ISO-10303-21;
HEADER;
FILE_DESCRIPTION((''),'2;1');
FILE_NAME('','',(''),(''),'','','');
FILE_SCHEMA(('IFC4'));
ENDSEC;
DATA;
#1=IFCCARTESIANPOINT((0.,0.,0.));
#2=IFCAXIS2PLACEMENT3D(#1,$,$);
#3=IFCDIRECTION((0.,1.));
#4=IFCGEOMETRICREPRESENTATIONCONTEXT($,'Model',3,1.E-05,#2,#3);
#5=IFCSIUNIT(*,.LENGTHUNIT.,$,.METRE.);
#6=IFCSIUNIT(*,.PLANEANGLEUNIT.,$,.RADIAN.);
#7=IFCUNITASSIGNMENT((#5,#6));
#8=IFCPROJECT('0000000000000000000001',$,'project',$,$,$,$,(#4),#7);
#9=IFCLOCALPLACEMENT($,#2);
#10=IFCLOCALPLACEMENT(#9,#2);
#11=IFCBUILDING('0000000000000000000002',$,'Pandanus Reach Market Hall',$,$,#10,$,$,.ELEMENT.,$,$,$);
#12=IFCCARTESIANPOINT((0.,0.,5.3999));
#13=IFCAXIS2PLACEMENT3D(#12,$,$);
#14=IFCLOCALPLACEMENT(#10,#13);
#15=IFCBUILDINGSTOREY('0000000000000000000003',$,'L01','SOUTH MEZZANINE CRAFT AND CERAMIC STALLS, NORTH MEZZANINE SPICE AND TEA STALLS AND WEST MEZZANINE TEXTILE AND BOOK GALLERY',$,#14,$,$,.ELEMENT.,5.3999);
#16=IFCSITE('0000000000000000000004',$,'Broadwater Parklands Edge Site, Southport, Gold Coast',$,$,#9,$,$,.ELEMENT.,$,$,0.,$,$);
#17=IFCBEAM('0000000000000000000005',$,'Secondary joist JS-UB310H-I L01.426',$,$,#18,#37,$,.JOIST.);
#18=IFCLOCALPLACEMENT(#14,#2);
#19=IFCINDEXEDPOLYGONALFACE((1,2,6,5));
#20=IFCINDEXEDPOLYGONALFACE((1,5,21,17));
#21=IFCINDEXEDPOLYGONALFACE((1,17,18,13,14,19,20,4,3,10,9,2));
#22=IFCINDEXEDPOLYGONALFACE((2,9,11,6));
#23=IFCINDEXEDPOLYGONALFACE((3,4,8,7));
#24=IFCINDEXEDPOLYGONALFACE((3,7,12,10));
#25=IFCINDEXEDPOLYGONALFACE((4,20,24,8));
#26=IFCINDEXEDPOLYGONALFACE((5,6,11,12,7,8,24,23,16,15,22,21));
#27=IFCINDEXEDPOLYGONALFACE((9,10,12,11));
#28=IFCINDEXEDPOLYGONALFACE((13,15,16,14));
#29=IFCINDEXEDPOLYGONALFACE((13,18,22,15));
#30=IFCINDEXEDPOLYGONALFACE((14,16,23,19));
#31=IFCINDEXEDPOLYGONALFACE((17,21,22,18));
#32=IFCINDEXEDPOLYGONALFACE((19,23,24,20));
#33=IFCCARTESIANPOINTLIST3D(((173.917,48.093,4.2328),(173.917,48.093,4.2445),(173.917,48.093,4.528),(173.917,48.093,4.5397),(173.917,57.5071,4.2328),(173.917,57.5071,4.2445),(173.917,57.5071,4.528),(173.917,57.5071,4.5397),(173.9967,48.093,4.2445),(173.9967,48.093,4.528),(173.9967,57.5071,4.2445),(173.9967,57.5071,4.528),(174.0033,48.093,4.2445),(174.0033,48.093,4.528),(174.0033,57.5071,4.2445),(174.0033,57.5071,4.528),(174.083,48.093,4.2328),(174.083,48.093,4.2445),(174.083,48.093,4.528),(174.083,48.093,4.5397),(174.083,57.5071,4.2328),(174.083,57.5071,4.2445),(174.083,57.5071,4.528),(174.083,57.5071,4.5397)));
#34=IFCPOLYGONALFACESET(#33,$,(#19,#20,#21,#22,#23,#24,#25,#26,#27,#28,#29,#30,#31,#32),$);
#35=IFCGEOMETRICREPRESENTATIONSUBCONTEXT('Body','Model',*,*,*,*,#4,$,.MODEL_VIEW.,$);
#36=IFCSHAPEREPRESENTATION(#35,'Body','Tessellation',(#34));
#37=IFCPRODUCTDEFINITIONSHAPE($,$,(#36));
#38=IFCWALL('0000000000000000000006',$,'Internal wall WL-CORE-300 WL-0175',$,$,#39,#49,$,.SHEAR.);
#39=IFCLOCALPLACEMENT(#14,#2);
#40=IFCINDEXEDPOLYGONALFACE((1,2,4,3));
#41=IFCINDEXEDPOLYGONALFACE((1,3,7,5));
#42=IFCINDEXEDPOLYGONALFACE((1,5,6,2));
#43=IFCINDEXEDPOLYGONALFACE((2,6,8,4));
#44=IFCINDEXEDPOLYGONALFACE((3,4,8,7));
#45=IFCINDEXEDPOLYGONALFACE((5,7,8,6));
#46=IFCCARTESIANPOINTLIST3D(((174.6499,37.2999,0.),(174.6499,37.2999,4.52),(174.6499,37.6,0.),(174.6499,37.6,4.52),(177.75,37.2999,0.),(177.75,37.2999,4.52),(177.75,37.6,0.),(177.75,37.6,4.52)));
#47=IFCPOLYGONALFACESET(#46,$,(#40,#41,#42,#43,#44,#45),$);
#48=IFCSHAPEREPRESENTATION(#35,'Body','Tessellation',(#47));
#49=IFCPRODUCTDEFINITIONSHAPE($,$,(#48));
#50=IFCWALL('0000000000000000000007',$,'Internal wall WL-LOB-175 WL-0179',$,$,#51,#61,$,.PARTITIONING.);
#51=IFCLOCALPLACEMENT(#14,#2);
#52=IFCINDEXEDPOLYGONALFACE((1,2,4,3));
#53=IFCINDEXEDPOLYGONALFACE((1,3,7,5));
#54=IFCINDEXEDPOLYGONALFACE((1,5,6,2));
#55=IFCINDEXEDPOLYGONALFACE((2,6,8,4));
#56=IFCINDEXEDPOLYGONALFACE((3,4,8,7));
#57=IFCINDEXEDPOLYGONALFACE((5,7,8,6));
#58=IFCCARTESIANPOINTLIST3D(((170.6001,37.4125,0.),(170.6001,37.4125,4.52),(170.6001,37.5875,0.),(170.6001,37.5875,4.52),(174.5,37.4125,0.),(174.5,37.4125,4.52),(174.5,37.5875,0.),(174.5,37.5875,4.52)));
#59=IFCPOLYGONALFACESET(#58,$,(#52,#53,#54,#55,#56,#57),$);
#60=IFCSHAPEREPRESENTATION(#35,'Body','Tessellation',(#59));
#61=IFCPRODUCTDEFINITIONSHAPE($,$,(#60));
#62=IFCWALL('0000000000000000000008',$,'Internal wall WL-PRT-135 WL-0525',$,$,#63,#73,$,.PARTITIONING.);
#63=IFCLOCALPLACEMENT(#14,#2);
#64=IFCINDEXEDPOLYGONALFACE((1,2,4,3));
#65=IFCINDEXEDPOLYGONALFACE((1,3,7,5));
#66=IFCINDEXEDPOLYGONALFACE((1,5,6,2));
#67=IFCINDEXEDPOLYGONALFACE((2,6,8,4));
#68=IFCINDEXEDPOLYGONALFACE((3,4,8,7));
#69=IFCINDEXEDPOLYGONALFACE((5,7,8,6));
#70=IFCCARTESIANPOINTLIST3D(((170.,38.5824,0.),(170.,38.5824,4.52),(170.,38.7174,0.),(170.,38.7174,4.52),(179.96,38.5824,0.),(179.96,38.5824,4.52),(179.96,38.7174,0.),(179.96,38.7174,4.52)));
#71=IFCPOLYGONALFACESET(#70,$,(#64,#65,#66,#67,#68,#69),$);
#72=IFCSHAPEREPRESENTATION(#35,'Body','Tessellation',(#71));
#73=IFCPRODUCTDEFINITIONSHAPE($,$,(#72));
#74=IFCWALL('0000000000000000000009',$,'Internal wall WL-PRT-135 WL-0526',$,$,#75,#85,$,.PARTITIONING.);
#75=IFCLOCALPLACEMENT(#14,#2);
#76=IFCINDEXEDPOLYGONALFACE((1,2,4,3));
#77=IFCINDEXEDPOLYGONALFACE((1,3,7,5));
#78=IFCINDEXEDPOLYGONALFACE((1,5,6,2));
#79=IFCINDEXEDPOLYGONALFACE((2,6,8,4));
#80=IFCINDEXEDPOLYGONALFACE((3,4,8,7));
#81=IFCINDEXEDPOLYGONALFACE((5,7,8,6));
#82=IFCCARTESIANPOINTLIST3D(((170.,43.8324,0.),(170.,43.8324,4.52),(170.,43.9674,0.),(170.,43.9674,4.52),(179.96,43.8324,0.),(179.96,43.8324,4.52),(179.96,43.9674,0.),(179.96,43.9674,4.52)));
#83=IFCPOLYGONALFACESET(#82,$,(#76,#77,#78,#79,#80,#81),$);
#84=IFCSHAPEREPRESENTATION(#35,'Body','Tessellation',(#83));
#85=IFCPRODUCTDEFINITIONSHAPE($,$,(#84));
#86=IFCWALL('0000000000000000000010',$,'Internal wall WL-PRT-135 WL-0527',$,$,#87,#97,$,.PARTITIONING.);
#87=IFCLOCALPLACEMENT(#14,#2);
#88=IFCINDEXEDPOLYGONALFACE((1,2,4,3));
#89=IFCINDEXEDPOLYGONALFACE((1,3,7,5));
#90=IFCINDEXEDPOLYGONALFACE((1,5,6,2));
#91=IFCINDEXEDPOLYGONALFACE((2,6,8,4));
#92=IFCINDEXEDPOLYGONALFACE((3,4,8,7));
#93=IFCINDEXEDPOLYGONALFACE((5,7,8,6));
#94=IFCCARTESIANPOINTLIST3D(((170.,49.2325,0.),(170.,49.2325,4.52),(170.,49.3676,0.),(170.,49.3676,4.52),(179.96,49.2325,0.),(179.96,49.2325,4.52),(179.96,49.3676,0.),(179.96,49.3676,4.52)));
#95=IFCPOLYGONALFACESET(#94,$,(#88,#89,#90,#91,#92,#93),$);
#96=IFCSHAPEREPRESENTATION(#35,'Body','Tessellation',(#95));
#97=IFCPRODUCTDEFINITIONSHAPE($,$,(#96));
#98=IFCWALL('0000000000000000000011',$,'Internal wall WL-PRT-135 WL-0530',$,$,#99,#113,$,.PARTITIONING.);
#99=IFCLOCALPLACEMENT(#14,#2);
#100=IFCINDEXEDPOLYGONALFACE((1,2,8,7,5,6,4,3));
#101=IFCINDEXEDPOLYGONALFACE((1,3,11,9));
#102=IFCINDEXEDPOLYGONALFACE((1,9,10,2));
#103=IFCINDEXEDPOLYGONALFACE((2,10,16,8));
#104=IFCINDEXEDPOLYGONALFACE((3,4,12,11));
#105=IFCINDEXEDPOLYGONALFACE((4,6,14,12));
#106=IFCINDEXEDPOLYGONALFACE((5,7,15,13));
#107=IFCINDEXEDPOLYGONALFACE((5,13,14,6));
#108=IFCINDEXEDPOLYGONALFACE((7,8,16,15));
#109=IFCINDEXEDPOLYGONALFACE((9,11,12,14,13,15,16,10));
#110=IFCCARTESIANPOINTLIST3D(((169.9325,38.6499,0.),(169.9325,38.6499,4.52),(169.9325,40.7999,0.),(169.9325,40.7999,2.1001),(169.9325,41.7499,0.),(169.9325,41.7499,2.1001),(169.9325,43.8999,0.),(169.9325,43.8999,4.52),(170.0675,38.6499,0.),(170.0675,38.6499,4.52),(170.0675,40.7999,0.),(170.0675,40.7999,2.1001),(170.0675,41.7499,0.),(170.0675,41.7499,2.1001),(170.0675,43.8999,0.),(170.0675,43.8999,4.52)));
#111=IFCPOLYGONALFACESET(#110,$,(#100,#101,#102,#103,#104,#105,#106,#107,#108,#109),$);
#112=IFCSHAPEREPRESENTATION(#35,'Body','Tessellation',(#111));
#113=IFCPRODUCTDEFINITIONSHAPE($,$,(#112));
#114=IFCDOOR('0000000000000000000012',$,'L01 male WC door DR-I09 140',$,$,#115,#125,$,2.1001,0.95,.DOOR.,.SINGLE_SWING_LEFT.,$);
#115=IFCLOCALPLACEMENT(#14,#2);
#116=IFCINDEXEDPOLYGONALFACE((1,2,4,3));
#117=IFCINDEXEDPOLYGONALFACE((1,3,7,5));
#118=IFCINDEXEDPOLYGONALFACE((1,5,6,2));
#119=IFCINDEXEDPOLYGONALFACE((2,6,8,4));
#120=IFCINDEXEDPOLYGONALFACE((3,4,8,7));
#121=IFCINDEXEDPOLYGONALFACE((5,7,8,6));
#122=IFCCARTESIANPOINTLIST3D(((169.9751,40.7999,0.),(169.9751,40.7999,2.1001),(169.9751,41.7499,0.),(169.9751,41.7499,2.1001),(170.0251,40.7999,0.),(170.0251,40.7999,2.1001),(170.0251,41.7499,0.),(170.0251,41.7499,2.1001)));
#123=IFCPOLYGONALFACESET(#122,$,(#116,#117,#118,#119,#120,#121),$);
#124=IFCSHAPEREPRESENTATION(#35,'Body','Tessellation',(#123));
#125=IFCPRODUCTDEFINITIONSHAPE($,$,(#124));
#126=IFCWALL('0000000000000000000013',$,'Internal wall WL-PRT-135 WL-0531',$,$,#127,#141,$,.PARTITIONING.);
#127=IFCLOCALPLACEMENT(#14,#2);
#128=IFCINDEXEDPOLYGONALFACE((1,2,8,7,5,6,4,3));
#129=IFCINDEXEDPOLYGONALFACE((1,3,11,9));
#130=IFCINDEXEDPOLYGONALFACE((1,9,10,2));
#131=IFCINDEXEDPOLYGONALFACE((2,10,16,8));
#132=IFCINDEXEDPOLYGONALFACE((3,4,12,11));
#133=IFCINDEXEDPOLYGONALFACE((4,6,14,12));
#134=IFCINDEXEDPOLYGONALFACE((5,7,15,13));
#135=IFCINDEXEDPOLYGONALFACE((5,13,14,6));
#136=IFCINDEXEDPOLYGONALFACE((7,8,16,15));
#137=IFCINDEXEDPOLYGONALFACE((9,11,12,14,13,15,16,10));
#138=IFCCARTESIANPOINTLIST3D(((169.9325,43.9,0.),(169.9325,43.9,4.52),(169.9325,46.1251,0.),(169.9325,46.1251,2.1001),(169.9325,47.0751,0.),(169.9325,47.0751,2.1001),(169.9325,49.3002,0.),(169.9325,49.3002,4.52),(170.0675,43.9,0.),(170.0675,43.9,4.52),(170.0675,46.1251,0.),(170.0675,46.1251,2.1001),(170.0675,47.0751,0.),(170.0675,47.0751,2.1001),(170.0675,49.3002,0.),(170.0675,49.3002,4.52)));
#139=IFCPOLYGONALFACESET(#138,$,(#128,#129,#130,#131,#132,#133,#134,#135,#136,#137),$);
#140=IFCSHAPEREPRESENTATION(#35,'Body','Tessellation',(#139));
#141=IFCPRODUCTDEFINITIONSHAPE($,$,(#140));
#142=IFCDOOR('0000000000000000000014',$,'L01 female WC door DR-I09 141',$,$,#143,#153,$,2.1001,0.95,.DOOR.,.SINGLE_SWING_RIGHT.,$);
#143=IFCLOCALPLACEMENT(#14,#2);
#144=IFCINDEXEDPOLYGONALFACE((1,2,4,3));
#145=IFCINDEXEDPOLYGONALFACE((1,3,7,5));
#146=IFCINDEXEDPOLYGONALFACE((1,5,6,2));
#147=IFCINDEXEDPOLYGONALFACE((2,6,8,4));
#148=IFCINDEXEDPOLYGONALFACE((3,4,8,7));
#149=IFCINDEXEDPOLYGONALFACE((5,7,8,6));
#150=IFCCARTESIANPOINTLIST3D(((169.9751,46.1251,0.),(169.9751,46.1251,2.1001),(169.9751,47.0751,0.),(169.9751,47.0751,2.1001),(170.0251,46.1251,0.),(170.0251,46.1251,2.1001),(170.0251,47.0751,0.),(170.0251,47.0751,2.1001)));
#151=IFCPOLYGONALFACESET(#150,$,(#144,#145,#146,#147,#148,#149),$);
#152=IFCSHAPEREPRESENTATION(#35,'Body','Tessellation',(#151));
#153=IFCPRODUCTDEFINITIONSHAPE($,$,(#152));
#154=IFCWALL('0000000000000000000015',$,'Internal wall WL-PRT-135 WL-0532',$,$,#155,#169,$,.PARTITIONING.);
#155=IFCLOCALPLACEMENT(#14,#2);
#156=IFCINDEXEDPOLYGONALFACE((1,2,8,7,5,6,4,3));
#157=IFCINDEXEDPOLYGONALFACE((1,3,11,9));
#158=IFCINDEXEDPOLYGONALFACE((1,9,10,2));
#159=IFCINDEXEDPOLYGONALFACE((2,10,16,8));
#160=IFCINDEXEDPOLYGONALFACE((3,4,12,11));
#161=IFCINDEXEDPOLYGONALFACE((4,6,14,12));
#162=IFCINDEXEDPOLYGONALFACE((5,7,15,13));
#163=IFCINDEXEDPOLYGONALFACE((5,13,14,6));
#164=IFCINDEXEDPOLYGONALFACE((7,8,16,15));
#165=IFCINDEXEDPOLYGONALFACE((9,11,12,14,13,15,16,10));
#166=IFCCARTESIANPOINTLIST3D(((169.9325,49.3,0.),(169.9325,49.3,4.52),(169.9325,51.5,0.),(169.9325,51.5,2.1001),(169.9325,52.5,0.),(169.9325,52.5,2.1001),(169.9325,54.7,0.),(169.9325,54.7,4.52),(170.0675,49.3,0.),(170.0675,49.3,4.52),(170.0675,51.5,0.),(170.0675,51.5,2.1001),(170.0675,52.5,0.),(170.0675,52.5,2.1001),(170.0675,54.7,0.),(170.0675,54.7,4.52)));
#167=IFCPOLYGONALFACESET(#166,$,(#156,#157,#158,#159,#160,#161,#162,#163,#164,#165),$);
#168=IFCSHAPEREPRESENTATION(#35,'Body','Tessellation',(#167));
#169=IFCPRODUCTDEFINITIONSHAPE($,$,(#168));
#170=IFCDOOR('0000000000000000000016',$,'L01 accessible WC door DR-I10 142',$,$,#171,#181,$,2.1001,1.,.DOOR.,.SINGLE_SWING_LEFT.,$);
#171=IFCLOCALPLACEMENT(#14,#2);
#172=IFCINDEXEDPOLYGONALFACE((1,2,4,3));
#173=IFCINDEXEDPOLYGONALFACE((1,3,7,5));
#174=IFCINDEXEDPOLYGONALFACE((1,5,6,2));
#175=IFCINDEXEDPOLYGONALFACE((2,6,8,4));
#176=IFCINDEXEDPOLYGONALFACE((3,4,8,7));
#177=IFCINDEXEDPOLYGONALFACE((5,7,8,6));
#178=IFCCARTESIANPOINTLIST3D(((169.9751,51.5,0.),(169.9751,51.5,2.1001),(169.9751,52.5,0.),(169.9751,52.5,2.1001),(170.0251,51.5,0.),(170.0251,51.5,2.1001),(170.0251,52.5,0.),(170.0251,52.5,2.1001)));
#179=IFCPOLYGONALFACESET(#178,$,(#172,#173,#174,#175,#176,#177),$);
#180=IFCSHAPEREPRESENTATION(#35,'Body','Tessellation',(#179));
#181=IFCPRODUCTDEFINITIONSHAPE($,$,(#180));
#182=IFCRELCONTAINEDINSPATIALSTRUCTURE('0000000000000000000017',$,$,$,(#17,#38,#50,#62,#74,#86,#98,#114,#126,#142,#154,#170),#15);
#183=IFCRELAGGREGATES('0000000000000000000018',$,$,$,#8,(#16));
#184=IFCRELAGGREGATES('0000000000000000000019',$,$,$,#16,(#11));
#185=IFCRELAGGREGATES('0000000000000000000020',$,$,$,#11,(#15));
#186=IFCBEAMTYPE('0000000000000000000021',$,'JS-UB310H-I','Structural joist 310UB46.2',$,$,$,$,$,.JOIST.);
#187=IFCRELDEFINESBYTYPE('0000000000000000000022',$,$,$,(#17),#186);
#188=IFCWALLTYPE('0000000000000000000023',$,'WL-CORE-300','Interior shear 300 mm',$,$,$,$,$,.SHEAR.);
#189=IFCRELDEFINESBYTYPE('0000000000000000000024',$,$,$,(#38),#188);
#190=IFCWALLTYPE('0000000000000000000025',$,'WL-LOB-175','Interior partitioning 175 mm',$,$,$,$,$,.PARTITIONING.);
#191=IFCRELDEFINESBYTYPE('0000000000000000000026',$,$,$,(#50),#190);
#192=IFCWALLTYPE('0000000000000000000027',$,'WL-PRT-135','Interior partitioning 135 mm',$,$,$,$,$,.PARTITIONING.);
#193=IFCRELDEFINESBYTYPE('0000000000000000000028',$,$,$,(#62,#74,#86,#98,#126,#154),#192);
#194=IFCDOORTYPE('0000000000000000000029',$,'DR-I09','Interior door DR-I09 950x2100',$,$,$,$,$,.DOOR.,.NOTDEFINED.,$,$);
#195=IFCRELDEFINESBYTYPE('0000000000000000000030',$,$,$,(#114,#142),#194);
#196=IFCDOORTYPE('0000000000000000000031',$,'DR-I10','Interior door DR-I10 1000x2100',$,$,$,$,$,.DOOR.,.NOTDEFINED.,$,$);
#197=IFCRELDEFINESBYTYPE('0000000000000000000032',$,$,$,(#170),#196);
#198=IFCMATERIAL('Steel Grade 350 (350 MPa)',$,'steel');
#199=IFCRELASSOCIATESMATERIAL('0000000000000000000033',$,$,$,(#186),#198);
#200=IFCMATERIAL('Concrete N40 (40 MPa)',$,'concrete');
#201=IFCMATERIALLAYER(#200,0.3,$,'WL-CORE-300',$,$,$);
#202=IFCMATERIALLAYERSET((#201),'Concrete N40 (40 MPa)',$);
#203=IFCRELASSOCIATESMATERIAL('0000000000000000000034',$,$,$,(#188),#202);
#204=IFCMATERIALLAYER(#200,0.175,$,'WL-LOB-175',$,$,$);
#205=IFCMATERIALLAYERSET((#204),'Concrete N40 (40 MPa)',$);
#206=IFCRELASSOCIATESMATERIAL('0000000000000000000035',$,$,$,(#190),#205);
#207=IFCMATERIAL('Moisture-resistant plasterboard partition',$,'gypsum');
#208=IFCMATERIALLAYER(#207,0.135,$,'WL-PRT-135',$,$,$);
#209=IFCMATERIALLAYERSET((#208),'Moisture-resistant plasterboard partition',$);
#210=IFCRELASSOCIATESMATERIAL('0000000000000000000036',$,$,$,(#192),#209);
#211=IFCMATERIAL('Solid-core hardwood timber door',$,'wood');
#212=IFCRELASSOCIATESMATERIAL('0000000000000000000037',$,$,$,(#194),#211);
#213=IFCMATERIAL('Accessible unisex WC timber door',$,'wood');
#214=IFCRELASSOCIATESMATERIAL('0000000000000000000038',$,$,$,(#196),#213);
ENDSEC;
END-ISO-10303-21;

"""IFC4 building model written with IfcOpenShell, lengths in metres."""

from ifc_helpers import new_model, si_unit, direction, frame, frame_2d, origin, origin_2d, place, context, subcontext, project, spatial, rectangle, i_section, extrude, material, layer, layer_set, material_profile, profile_set, type_object, element, fill, save


model = new_model("IFC4")

# Units and contexts
model_context = context("Model", 3, precision=1e-05, world=origin(), true_north=direction((0.0, 1.0)))
body_context = subcontext(model_context, "Body", "Model", "MODEL_VIEW")
ifc_project = project(units=[si_unit("LENGTHUNIT", "METRE"), si_unit("PLANEANGLEUNIT", "RADIAN")], contexts=[model_context])

# Site, building, storey
site_placement = place(None, origin())
site = spatial("IfcSite", under=ifc_project, at=site_placement, Name="Broadwater Parklands Edge Site, Southport, Gold Coast", CompositionType="ELEMENT", RefElevation=0.0)
building_placement = place(site_placement, origin())
building = spatial("IfcBuilding", under=site, at=building_placement, Name="Pandanus Reach Market Hall", CompositionType="ELEMENT")
storey_placement = place(building_placement, frame((0.0, 0.0, 5.3999)))
storey = spatial("IfcBuildingStorey", under=building, at=storey_placement, Name="L01", Description="SOUTH MEZZANINE CRAFT AND CERAMIC STALLS, NORTH MEZZANINE SPICE AND TEA STALLS AND WEST MEZZANINE TEXTILE AND BOOK GALLERY", CompositionType="ELEMENT", Elevation=5.3999)

# Shared definitions
ifc_material_1 = material(Name="Concrete N40 (40 MPa)", Category="concrete")

# Beam
ifc_material_2 = material(Name="Steel Grade 350 (350 MPa)", Category="steel")
ifc_material_profile_1 = material_profile(ifc_material_2, i_section(OverallWidth=0.166, OverallDepth=0.3069, WebThickness=0.0066, FlangeThickness=0.0117, at=origin_2d()), Name="310UB46.2", Category="LoadBearing")
ifc_profile_set_1 = profile_set([ifc_material_profile_1], Name="Steel Grade 350 (350 MPa)")
beam_type_1 = type_object("IfcBeamType", Name="JS-UB310H-I", Description="Structural joist 310UB46.2", PredefinedType="JOIST", material=ifc_profile_set_1)
for number, where, z_axis, x_axis, name in (
    (1, (174.0, 48.093, 4.3862), (0.0, 1.0, 0.0), (-1.0, 0.0, 0.0), "Secondary joist JS-UB310H-I L01.426"),
):
    element("IfcBeam", number, at=place(storey_placement, frame(where, z_axis=z_axis, x_axis=x_axis)), inside=storey, type_object=beam_type_1, Name=name, PredefinedType="JOIST", context=body_context, shape_type="SweptSolid", body=[
        extrude(i_section(OverallWidth=0.166, OverallDepth=0.3069, WebThickness=0.0066, FlangeThickness=0.0117, at=origin_2d()), origin(), (0.0, 0.0, 1.0), 9.4141),
    ])

# Walls
ifc_layer_1 = layer(ifc_material_1, 0.3, Name="WL-CORE-300")
ifc_layer_set_1 = layer_set([ifc_layer_1], Name="Concrete N40 (40 MPa)")
wall_type_1 = type_object("IfcWallType", Name="WL-CORE-300", Description="Interior shear 300 mm", PredefinedType="SHEAR", material=ifc_layer_set_1)
wall_1_placement = place(storey_placement, frame((174.6499, 37.45, 0.0), z_axis=(0.0, 0.0, 1.0), x_axis=(1.0, 0.0, 0.0)))
element("IfcWall", 2, at=wall_1_placement, inside=storey, type_object=wall_type_1, Name="Internal wall WL-CORE-300 WL-0175", PredefinedType="SHEAR", context=body_context, shape_type="SweptSolid", body=[
    extrude(rectangle(XDim=3.1001, YDim=0.3, at=frame_2d((1.55, 0.0))), origin(), (0.0, 0.0, 1.0), 4.52),
])
ifc_layer_2 = layer(ifc_material_1, 0.175, Name="WL-LOB-175")
ifc_layer_set_2 = layer_set([ifc_layer_2], Name="Concrete N40 (40 MPa)")
wall_type_2 = type_object("IfcWallType", Name="WL-LOB-175", Description="Interior partitioning 175 mm", PredefinedType="PARTITIONING", material=ifc_layer_set_2)
wall_2_placement = place(storey_placement, frame((170.6001, 37.5, 0.0), z_axis=(0.0, 0.0, 1.0), x_axis=(1.0, 0.0, 0.0)))
element("IfcWall", 3, at=wall_2_placement, inside=storey, type_object=wall_type_2, Name="Internal wall WL-LOB-175 WL-0179", PredefinedType="PARTITIONING", context=body_context, shape_type="SweptSolid", body=[
    extrude(rectangle(XDim=3.8999, YDim=0.175, at=frame_2d((1.95, 0.0))), origin(), (0.0, 0.0, 1.0), 4.52),
])
ifc_material_3 = material(Name="Moisture-resistant plasterboard partition", Category="gypsum")
ifc_layer_3 = layer(ifc_material_3, 0.135, Name="WL-PRT-135")
ifc_layer_set_3 = layer_set([ifc_layer_3], Name="Moisture-resistant plasterboard partition")
wall_type_3 = type_object("IfcWallType", Name="WL-PRT-135", Description="Interior partitioning 135 mm", PredefinedType="PARTITIONING", material=ifc_layer_set_3)
for number, where, z_axis, x_axis, name in (
    (4, (170.0, 38.6499, 0.0), (0.0, 0.0, 1.0), (1.0, 0.0, 0.0), "Internal wall WL-PRT-135 WL-0525"),
    (5, (170.0, 43.8999, 0.0), (0.0, 0.0, 1.0), (1.0, 0.0, 0.0), "Internal wall WL-PRT-135 WL-0526"),
    (6, (170.0, 49.3, 0.0), (0.0, 0.0, 1.0), (1.0, 0.0, 0.0), "Internal wall WL-PRT-135 WL-0527"),
):
    element("IfcWall", number, at=place(storey_placement, frame(where, z_axis=z_axis, x_axis=x_axis)), inside=storey, type_object=wall_type_3, Name=name, PredefinedType="PARTITIONING", context=body_context, shape_type="SweptSolid", body=[
        extrude(rectangle(XDim=9.96, YDim=0.135, at=frame_2d((4.98, 0.0))), origin(), (0.0, 0.0, 1.0), 4.52),
    ])

# Walls, openings, doors
wall_3_placement = place(storey_placement, frame((170.0, 38.6499, 0.0), z_axis=(0.0, 0.0, 1.0), x_axis=(0.0, 1.0, 0.0)))
wall_3 = element("IfcWall", 7, at=wall_3_placement, inside=storey, type_object=wall_type_3, Name="Internal wall WL-PRT-135 WL-0530", PredefinedType="PARTITIONING", context=body_context, shape_type="SweptSolid", body=[
    extrude(rectangle(XDim=5.25, YDim=0.135, at=frame_2d((2.625, 0.0))), origin(), (0.0, 0.0, 1.0), 4.52),
])
opening_1_placement = place(wall_3_placement, frame((2.1499, 0.0, 0.0)))
opening_1 = element("IfcOpeningElement", 8, at=opening_1_placement, cuts=wall_3, PredefinedType="OPENING", context=body_context, shape_type="SweptSolid", body=[
    extrude(rectangle(XDim=0.95, YDim=2.1001, at=frame_2d((0.4751, 1.05))), frame((0.0, 0.0825, 0.0), z_axis=(0.0, -1.0, 0.0), x_axis=(1.0, 0.0, 0.0)), (0.0, 0.0, 1.0), 0.165),
])
ifc_material_4 = material(Name="Solid-core hardwood timber door", Category="wood")
door_type_1 = type_object("IfcDoorType", Name="DR-I09", Description="Interior door DR-I09 950x2100", OperationType="NOTDEFINED", PredefinedType="DOOR", material=ifc_material_4)
door_1_placement = place(opening_1_placement, origin())
door_1 = element("IfcDoor", 9, at=door_1_placement, inside=storey, type_object=door_type_1, Name="L01 male WC door DR-I09 140", OperationType="SINGLE_SWING_LEFT", OverallHeight=2.1001, OverallWidth=0.95, PredefinedType="DOOR", context=body_context, shape_type="SweptSolid", body=[
    extrude(rectangle(XDim=0.95, YDim=2.1001, at=frame_2d((0.4751, 1.05))), frame((0.0, 0.0249, 0.0), z_axis=(0.0, -1.0, 0.0), x_axis=(1.0, 0.0, 0.0)), (0.0, 0.0, 1.0), 0.05),
])
fill(opening_1, door_1)
wall_4_placement = place(storey_placement, frame((170.0, 43.8999, 0.0), z_axis=(0.0, 0.0, 1.0), x_axis=(0.0, 1.0, 0.0)))
wall_4 = element("IfcWall", 10, at=wall_4_placement, inside=storey, type_object=wall_type_3, Name="Internal wall WL-PRT-135 WL-0531", PredefinedType="PARTITIONING", context=body_context, shape_type="SweptSolid", body=[
    extrude(rectangle(XDim=5.4001, YDim=0.135, at=frame_2d((2.7002, 0.0))), origin(), (0.0, 0.0, 1.0), 4.52),
])
opening_2_placement = place(wall_4_placement, frame((2.2251, 0.0, 0.0)))
opening_2 = element("IfcOpeningElement", 11, at=opening_2_placement, cuts=wall_4, PredefinedType="OPENING", context=body_context, shape_type="SweptSolid", body=[
    extrude(rectangle(XDim=0.95, YDim=2.1001, at=frame_2d((0.4751, 1.05))), frame((0.0, 0.0825, 0.0), z_axis=(0.0, -1.0, 0.0), x_axis=(1.0, 0.0, 0.0)), (0.0, 0.0, 1.0), 0.165),
])
door_2_placement = place(opening_2_placement, origin())
door_2 = element("IfcDoor", 12, at=door_2_placement, inside=storey, type_object=door_type_1, Name="L01 female WC door DR-I09 141", OperationType="SINGLE_SWING_RIGHT", OverallHeight=2.1001, OverallWidth=0.95, PredefinedType="DOOR", context=body_context, shape_type="SweptSolid", body=[
    extrude(rectangle(XDim=0.95, YDim=2.1001, at=frame_2d((0.4751, 1.05))), frame((0.0, 0.0249, 0.0), z_axis=(0.0, -1.0, 0.0), x_axis=(1.0, 0.0, 0.0)), (0.0, 0.0, 1.0), 0.05),
])
fill(opening_2, door_2)
wall_5_placement = place(storey_placement, frame((170.0, 49.3, 0.0), z_axis=(0.0, 0.0, 1.0), x_axis=(0.0, 1.0, 0.0)))
wall_5 = element("IfcWall", 13, at=wall_5_placement, inside=storey, type_object=wall_type_3, Name="Internal wall WL-PRT-135 WL-0532", PredefinedType="PARTITIONING", context=body_context, shape_type="SweptSolid", body=[
    extrude(rectangle(XDim=5.3999, YDim=0.135, at=frame_2d((2.7, 0.0))), origin(), (0.0, 0.0, 1.0), 4.52),
])
opening_3_placement = place(wall_5_placement, frame((2.2, 0.0, 0.0)))
opening_3 = element("IfcOpeningElement", 14, at=opening_3_placement, cuts=wall_5, PredefinedType="OPENING", context=body_context, shape_type="SweptSolid", body=[
    extrude(rectangle(XDim=1.0, YDim=2.1001, at=frame_2d((0.5, 1.05))), frame((0.0, 0.0825, 0.0), z_axis=(0.0, -1.0, 0.0), x_axis=(1.0, 0.0, 0.0)), (0.0, 0.0, 1.0), 0.165),
])
ifc_material_5 = material(Name="Accessible unisex WC timber door", Category="wood")
door_type_2 = type_object("IfcDoorType", Name="DR-I10", Description="Interior door DR-I10 1000x2100", OperationType="NOTDEFINED", PredefinedType="DOOR", material=ifc_material_5)
door_3_placement = place(opening_3_placement, origin())
door_3 = element("IfcDoor", 15, at=door_3_placement, inside=storey, type_object=door_type_2, Name="L01 accessible WC door DR-I10 142", OperationType="SINGLE_SWING_LEFT", OverallHeight=2.1001, OverallWidth=1.0, PredefinedType="DOOR", context=body_context, shape_type="SweptSolid", body=[
    extrude(rectangle(XDim=1.0, YDim=2.1001, at=frame_2d((0.5, 1.05))), frame((0.0, 0.0249, 0.0), z_axis=(0.0, -1.0, 0.0), x_axis=(1.0, 0.0, 0.0)), (0.0, 0.0, 1.0), 0.05),
])
fill(opening_3, door_3)

save(model, "model.ifc")
